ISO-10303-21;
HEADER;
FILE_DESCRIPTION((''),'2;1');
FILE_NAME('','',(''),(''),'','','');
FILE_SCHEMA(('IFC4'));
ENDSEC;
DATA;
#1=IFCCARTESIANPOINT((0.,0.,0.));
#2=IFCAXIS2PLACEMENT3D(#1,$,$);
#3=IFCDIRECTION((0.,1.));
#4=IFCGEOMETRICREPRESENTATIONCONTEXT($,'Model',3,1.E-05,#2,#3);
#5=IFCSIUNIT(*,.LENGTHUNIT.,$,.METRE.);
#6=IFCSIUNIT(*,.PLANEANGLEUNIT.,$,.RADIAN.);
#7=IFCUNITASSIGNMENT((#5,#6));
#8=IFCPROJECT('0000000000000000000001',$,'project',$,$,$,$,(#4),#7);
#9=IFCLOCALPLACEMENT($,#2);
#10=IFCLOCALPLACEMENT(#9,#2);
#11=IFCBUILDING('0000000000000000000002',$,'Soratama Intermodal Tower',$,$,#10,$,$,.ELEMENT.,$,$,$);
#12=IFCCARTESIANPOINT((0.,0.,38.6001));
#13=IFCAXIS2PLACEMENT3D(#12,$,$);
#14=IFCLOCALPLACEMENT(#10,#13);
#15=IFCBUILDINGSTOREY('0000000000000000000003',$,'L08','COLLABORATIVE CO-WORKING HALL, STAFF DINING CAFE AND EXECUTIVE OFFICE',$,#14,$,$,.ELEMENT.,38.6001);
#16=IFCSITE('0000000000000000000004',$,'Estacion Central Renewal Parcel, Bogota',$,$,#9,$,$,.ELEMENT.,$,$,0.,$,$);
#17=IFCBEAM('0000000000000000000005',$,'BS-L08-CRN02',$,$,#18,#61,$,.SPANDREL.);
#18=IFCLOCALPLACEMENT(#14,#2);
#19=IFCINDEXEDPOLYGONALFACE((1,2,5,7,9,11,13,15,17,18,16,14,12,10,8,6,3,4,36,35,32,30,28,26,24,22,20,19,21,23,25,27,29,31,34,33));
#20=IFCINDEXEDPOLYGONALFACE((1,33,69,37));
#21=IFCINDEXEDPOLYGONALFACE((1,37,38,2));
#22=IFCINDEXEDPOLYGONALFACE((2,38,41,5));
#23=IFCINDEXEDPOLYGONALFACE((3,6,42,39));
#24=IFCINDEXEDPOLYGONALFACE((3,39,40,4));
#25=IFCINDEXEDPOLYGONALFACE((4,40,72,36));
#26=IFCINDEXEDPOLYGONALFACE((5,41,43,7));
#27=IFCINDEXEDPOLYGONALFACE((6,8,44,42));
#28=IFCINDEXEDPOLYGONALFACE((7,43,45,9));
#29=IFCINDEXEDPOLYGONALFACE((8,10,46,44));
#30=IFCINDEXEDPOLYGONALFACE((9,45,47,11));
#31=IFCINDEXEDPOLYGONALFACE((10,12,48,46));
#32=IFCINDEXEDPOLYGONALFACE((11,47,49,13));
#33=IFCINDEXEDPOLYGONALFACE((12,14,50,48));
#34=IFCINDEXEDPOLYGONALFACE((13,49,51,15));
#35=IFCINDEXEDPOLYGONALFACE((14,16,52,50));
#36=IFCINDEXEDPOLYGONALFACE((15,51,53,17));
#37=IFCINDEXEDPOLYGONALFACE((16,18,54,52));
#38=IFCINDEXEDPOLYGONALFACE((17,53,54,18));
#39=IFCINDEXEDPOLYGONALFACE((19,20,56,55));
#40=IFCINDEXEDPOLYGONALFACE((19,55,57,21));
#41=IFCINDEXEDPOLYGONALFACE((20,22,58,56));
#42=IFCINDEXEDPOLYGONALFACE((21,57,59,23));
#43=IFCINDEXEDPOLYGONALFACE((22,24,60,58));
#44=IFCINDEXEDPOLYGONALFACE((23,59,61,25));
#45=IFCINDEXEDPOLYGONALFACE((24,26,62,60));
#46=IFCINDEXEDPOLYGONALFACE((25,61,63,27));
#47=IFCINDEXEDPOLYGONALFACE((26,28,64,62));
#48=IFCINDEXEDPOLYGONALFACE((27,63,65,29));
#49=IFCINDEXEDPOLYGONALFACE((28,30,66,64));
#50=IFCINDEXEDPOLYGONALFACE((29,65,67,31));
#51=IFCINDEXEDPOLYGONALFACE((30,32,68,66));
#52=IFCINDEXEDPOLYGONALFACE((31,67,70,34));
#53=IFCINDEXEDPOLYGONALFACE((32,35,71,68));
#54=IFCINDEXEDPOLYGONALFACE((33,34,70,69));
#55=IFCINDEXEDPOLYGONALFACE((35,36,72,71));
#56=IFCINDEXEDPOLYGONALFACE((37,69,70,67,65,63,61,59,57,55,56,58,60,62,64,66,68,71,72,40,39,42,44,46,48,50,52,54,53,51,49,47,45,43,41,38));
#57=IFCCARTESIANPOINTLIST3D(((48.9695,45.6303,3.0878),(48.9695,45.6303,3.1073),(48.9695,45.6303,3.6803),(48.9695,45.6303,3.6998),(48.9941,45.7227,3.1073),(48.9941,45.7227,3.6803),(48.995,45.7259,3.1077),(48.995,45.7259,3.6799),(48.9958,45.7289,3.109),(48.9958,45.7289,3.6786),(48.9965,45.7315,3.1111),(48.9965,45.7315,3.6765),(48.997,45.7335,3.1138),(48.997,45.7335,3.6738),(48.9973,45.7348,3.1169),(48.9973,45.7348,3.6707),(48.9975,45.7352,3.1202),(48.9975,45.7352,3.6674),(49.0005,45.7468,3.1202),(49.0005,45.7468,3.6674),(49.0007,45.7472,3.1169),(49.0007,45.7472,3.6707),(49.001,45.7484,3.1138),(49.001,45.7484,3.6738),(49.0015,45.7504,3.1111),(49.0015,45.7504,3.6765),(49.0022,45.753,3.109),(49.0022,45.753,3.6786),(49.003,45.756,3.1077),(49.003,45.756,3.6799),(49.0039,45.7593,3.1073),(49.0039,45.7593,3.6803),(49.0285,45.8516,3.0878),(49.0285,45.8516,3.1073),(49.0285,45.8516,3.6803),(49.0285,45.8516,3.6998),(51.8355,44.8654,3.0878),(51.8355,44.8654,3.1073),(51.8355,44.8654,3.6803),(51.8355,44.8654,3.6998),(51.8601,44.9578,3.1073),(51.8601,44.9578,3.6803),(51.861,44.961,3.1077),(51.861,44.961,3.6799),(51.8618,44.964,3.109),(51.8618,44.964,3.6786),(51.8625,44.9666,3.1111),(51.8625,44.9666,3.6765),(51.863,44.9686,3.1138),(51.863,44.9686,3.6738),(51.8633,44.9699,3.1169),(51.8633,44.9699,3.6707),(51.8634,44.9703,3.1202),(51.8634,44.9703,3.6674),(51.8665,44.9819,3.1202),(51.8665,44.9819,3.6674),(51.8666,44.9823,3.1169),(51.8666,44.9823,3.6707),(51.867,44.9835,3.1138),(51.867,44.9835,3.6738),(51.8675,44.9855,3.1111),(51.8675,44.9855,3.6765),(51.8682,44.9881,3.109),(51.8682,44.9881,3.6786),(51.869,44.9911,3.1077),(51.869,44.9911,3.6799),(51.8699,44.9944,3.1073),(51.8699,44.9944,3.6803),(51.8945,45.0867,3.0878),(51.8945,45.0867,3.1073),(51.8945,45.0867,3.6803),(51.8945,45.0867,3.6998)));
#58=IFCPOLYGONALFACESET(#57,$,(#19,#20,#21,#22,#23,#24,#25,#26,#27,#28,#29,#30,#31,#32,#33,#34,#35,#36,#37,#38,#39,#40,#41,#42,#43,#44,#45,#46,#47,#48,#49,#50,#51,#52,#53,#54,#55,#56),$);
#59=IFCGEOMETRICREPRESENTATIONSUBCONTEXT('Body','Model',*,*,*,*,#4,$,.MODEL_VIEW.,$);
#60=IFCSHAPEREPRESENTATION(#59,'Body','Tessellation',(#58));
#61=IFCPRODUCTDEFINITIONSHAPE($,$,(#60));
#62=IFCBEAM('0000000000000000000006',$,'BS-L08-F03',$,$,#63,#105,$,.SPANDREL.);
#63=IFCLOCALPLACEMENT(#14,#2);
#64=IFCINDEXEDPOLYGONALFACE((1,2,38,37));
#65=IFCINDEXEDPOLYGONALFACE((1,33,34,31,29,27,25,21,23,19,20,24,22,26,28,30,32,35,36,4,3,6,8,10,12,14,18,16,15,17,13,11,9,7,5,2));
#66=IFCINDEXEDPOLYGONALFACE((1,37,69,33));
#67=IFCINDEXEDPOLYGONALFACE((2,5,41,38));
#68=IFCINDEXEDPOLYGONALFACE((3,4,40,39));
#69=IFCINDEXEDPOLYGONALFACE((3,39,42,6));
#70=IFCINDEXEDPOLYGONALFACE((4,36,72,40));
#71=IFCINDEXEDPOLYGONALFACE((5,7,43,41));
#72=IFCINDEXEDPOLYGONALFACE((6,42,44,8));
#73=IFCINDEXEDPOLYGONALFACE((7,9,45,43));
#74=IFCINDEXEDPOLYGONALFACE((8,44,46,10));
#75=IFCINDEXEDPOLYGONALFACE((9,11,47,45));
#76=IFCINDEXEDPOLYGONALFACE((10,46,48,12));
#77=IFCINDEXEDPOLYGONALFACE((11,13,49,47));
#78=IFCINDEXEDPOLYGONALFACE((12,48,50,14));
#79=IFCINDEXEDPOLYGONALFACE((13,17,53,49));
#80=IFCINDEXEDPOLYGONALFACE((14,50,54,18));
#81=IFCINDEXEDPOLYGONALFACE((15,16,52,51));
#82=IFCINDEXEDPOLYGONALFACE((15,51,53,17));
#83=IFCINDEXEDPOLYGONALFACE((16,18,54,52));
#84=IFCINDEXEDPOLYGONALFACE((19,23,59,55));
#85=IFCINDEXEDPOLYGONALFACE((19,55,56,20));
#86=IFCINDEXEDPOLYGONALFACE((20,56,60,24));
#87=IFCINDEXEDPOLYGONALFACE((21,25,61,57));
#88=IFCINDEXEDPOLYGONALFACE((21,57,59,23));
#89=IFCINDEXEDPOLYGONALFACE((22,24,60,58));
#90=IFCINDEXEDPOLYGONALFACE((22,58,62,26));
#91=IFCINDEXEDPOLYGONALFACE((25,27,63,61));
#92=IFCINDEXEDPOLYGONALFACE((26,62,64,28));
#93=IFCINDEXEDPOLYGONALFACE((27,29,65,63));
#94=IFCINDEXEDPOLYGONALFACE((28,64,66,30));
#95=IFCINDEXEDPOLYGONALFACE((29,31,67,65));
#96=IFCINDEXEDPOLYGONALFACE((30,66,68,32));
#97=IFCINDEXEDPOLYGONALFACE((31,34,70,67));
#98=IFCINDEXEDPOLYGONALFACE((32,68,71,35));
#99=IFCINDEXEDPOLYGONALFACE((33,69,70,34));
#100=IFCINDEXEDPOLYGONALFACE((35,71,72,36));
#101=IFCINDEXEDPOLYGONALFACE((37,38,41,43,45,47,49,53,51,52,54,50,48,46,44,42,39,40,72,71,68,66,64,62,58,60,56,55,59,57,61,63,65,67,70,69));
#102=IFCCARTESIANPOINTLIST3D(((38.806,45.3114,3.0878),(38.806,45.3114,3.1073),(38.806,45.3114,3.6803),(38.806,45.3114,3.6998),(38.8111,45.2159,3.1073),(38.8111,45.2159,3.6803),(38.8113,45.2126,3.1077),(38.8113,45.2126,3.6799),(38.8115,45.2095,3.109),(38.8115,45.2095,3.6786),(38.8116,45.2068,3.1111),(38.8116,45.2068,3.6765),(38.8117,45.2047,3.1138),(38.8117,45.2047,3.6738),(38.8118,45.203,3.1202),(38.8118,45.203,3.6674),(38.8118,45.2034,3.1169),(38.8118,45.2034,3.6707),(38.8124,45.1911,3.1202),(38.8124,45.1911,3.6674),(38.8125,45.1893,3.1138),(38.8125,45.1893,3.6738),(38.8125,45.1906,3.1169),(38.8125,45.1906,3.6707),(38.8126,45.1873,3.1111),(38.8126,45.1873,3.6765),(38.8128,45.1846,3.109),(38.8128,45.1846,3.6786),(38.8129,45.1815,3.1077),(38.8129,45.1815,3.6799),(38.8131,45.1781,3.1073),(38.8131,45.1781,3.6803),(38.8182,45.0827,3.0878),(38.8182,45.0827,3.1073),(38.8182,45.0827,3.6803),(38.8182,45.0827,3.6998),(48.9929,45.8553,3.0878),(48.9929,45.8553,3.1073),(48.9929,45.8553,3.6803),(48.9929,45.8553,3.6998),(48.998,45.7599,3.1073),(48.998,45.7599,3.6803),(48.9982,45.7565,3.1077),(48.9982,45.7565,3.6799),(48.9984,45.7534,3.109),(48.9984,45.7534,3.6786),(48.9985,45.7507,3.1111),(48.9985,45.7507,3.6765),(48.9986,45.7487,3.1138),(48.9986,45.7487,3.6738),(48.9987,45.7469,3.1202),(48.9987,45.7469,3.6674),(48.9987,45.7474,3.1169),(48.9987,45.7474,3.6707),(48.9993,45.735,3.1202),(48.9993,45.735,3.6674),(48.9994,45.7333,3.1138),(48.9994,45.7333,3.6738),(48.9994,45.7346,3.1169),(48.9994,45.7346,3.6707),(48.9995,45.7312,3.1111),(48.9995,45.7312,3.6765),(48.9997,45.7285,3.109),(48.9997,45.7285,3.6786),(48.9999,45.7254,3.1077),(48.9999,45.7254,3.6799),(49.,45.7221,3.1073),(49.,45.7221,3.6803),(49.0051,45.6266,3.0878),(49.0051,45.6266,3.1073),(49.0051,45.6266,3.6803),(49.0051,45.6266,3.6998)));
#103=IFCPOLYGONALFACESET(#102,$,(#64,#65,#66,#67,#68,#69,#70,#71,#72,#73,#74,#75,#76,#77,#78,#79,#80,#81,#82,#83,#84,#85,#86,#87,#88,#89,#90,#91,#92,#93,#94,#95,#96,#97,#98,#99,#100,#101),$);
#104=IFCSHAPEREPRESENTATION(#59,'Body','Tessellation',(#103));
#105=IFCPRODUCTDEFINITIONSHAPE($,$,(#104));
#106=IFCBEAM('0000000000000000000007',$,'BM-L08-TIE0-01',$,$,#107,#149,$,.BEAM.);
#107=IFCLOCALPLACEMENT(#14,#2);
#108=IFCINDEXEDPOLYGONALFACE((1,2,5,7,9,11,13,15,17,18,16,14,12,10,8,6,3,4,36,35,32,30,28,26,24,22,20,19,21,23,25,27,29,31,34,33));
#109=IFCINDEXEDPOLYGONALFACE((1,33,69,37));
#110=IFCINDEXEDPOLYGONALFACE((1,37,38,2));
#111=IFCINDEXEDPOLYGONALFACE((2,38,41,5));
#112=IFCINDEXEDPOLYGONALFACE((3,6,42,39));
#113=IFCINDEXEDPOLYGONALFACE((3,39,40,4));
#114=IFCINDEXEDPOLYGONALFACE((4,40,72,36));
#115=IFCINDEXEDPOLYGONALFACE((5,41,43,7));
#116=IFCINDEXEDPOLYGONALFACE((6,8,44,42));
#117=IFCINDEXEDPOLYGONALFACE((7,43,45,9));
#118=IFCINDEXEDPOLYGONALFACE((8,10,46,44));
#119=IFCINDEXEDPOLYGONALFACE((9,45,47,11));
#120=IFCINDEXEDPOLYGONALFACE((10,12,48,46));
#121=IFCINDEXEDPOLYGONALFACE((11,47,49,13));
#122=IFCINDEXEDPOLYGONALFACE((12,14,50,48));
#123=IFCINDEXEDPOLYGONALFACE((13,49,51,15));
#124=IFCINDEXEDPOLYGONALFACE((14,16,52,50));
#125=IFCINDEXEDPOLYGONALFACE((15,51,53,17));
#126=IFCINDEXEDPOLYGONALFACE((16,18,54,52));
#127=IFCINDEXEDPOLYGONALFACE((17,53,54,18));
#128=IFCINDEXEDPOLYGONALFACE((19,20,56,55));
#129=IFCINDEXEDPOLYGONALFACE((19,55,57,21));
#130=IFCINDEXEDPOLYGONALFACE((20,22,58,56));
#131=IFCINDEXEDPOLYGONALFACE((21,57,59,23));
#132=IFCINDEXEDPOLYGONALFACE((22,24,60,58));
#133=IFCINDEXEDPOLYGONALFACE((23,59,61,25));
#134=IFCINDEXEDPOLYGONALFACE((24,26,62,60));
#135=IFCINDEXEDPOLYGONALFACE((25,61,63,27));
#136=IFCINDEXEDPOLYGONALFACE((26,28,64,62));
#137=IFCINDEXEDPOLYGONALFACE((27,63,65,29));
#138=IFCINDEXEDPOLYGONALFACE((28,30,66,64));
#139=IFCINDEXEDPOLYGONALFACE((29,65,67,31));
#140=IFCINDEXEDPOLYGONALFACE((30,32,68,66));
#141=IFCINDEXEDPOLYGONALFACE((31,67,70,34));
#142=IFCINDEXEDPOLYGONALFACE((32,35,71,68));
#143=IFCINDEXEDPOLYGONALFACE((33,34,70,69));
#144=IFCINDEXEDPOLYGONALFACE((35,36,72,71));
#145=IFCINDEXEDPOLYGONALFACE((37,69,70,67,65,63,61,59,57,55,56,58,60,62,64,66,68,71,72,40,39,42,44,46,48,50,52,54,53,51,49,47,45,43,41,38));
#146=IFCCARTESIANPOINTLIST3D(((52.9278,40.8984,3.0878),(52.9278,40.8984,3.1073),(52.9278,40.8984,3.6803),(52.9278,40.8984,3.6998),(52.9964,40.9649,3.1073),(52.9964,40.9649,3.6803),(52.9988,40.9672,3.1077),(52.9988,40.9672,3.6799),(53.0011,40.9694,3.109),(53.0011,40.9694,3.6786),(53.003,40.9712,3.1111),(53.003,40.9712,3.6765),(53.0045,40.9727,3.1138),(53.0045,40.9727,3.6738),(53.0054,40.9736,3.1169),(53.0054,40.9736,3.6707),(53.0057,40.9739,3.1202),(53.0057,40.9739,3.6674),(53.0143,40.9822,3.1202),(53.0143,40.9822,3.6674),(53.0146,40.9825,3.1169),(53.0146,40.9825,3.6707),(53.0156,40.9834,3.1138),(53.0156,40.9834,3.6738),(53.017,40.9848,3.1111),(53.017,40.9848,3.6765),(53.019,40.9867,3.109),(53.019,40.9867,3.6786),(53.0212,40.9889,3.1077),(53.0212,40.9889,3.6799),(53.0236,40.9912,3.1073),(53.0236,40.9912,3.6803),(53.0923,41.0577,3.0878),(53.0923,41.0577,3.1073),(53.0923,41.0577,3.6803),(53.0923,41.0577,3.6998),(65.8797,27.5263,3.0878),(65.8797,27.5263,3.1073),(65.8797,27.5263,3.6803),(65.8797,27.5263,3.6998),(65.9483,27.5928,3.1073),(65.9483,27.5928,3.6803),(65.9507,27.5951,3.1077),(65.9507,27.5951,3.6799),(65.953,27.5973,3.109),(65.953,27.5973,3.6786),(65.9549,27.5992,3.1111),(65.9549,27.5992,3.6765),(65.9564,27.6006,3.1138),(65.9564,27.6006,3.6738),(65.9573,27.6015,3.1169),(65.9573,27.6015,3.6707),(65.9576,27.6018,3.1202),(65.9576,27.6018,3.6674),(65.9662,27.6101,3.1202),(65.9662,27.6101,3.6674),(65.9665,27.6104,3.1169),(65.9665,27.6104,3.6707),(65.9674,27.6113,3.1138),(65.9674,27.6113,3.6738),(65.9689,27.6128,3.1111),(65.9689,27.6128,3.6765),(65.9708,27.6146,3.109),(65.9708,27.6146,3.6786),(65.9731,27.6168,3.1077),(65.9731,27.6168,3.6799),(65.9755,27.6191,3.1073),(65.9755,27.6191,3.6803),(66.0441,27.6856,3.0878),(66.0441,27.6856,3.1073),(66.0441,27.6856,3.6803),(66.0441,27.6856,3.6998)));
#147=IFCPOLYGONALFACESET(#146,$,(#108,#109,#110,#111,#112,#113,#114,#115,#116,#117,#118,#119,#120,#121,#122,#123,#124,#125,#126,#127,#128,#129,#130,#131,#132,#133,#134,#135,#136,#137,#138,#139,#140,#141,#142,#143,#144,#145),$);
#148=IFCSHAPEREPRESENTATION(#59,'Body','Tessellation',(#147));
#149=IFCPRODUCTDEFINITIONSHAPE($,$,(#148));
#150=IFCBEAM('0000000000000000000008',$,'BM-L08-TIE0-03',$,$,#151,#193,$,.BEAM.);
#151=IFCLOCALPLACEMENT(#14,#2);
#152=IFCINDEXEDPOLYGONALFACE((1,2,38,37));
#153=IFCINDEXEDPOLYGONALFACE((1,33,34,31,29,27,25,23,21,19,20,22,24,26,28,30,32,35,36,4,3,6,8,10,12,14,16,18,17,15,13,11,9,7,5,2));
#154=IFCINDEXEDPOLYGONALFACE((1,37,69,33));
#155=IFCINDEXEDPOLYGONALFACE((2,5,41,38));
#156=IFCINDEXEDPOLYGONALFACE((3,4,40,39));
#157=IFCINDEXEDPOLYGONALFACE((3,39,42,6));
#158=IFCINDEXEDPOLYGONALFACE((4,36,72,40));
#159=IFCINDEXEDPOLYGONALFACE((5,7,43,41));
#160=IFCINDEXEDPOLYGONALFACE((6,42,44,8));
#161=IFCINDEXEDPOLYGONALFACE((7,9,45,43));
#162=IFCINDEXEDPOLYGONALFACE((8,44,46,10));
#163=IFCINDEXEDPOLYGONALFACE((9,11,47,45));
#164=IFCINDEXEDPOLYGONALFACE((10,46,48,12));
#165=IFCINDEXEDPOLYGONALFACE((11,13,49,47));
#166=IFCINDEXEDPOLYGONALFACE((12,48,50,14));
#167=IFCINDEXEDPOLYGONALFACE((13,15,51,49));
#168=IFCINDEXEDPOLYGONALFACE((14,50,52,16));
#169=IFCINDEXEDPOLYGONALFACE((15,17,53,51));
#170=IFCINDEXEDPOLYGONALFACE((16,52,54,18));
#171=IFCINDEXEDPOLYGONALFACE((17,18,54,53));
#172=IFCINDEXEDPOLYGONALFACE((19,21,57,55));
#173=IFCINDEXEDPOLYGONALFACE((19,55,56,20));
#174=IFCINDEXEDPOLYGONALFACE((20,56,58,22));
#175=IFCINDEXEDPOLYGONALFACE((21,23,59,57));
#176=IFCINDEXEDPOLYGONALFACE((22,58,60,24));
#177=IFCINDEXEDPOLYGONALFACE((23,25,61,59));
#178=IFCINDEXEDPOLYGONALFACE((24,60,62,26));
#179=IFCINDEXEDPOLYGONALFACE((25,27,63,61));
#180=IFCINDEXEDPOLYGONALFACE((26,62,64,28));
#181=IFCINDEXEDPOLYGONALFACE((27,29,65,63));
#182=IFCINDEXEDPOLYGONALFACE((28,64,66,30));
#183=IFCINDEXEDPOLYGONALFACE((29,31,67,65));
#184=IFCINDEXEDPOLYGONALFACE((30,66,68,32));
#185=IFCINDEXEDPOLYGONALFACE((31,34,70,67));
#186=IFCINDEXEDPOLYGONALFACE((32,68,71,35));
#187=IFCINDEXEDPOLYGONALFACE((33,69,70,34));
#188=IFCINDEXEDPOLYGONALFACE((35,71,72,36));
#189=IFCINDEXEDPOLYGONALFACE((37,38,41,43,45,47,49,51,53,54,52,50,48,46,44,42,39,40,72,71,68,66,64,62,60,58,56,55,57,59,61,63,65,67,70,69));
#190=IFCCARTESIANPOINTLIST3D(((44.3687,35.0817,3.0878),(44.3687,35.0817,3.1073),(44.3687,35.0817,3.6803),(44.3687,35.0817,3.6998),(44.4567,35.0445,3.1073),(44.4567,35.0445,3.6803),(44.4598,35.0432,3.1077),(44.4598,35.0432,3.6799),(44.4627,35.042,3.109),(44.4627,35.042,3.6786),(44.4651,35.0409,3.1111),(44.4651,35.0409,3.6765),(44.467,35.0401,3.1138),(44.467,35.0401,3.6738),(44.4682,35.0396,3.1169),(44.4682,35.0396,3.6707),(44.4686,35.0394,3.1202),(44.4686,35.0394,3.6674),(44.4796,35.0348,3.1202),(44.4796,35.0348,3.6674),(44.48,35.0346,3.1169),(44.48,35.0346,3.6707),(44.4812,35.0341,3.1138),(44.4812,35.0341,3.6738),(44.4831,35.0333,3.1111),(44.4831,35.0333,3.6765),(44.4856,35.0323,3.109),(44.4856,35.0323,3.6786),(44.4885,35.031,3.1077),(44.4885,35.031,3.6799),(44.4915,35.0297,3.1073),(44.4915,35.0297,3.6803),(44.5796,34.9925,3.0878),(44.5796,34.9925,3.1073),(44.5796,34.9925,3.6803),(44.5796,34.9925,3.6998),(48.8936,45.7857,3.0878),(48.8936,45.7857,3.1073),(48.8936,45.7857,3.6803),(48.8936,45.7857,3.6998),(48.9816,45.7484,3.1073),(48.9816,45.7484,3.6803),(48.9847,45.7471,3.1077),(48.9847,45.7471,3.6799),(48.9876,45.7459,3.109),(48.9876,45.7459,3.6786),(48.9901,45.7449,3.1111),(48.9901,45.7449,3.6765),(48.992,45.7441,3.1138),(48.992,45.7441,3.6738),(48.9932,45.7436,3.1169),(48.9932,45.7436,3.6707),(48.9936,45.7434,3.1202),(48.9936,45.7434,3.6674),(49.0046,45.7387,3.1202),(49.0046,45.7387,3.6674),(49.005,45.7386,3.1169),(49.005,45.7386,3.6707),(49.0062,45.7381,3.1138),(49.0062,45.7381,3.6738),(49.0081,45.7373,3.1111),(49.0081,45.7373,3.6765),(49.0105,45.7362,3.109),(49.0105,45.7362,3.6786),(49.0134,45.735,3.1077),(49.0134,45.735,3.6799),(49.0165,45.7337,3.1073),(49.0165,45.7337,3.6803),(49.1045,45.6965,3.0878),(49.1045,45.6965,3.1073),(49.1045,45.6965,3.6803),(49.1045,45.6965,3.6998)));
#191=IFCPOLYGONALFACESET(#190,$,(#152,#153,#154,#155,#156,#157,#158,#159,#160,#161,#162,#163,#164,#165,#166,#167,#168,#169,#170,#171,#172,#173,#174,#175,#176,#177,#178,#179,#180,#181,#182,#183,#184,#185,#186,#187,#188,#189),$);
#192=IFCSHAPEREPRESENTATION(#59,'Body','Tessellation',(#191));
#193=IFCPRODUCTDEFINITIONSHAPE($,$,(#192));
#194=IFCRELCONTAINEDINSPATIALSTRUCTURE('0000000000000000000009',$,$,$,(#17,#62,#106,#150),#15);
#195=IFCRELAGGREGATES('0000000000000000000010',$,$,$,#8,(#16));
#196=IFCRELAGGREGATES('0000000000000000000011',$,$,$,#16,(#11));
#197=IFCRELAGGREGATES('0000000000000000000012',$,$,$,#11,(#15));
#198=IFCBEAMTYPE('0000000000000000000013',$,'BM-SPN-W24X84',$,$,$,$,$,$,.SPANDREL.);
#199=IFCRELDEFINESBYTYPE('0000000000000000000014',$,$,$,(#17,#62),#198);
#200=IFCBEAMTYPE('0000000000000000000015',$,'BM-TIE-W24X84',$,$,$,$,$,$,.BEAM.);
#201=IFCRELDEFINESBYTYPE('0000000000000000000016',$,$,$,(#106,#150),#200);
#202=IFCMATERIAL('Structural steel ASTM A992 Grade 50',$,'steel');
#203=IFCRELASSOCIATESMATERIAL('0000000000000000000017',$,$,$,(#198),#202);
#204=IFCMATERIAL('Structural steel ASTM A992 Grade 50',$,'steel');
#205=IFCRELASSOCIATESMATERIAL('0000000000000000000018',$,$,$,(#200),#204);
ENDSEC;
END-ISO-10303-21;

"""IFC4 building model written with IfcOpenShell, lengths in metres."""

from ifc_helpers import new_model, si_unit, direction, frame, origin, origin_2d, place, context, subcontext, project, spatial, i_section, extrude, material, material_profile, profile_set, type_object, element, save


model = new_model("IFC4")

# Units and contexts
model_context = context("Model", 3, precision=1e-05, world=origin(), true_north=direction((0.0, 1.0)))
body_context = subcontext(model_context, "Body", "Model", "MODEL_VIEW")
ifc_project = project(units=[si_unit("LENGTHUNIT", "METRE"), si_unit("PLANEANGLEUNIT", "RADIAN")], contexts=[model_context])

# Site, building, storey
site_placement = place(None, origin())
site = spatial("IfcSite", under=ifc_project, at=site_placement, Name="Estacion Central Renewal Parcel, Bogota", CompositionType="ELEMENT", RefElevation=0.0)
building_placement = place(site_placement, origin())
building = spatial("IfcBuilding", under=site, at=building_placement, Name="Soratama Intermodal Tower", CompositionType="ELEMENT")
storey_placement = place(building_placement, frame((0.0, 0.0, 38.6001)))
storey = spatial("IfcBuildingStorey", under=building, at=storey_placement, Name="L08", Description="COLLABORATIVE CO-WORKING HALL, STAFF DINING CAFE AND EXECUTIVE OFFICE", CompositionType="ELEMENT", Elevation=38.6001)

# Beams
ifc_material_1 = material(Name="Structural steel ASTM A992 Grade 50", Category="steel")
ifc_material_profile_1 = material_profile(ifc_material_1, i_section(OverallWidth=0.229, OverallDepth=0.6121, WebThickness=0.012, FlangeThickness=0.0195, FilletRadius=0.0129, at=origin_2d()), Name="W24X84")
ifc_profile_set_1 = profile_set([ifc_material_profile_1], Name="Structural steel ASTM A992 Grade 50")
beam_type_1 = type_object("IfcBeamType", Name="BM-SPN-W24X84", PredefinedType="SPANDREL", material=ifc_profile_set_1)
beam_1_placement = place(storey_placement, frame((51.865, 44.9761, 3.3938), z_axis=(-0.966182, 0.257862, 0.0), x_axis=(-0.257862, -0.966182, 0.0)))
element("IfcBeam", 1, at=beam_1_placement, inside=storey, type_object=beam_type_1, Name="BS-L08-CRN02", PredefinedType="SPANDREL", context=body_context, shape_type="SweptSolid", body=[
    extrude(i_section(OverallWidth=0.229, OverallDepth=0.6121, WebThickness=0.012, FlangeThickness=0.0195, FilletRadius=0.0129, at=origin_2d()), origin(), (0.0, 0.0, 1.0), 2.9663),
])
beam_2_placement = place(storey_placement, frame((48.999, 45.741, 3.3938), z_axis=(-0.998577, -0.05332, 0.0), x_axis=(0.05332, -0.998577, 0.0)))
element("IfcBeam", 2, at=beam_2_placement, inside=storey, type_object=beam_type_1, Name="BS-L08-F03", PredefinedType="SPANDREL", context=body_context, shape_type="SweptSolid", body=[
    extrude(i_section(OverallWidth=0.229, OverallDepth=0.6121, WebThickness=0.012, FlangeThickness=0.0195, FilletRadius=0.0129, at=origin_2d()), origin(), (0.0, 0.0, 1.0), 10.2014),
])
ifc_material_2 = material(Name="Structural steel ASTM A992 Grade 50", Category="steel")
ifc_material_profile_2 = material_profile(ifc_material_2, i_section(OverallWidth=0.229, OverallDepth=0.6121, WebThickness=0.012, FlangeThickness=0.0195, FilletRadius=0.0129, at=origin_2d()), Name="W24X84")
ifc_profile_set_2 = profile_set([ifc_material_profile_2], Name="Structural steel ASTM A992 Grade 50")
beam_type_2 = type_object("IfcBeamType", Name="BM-TIE-W24X84", PredefinedType="BEAM", material=ifc_profile_set_2)
beam_3_placement = place(storey_placement, frame((53.01, 40.978, 3.3938), z_axis=(0.695732, -0.718302, 0.0), x_axis=(0.718302, 0.695732, 0.0)))
element("IfcBeam", 3, at=beam_3_placement, inside=storey, type_object=beam_type_2, Name="BM-L08-TIE0-01", PredefinedType="BEAM", context=body_context, shape_type="SweptSolid", body=[
    extrude(i_section(OverallWidth=0.229, OverallDepth=0.6121, WebThickness=0.012, FlangeThickness=0.0195, FilletRadius=0.0129, at=origin_2d()), origin(), (0.0, 0.0, 1.0), 18.6162),
])
beam_4_placement = place(storey_placement, frame((44.4741, 35.0371, 3.3938), z_axis=(0.389373, 0.92108, 0.0), x_axis=(-0.92108, 0.389373, 0.0)))
element("IfcBeam", 4, at=beam_4_placement, inside=storey, type_object=beam_type_2, Name="BM-L08-TIE0-03", PredefinedType="BEAM", context=body_context, shape_type="SweptSolid", body=[
    extrude(i_section(OverallWidth=0.229, OverallDepth=0.6121, WebThickness=0.012, FlangeThickness=0.0195, FilletRadius=0.0129, at=origin_2d()), origin(), (0.0, 0.0, 1.0), 11.6211),
])

save(model, "model.ifc")
